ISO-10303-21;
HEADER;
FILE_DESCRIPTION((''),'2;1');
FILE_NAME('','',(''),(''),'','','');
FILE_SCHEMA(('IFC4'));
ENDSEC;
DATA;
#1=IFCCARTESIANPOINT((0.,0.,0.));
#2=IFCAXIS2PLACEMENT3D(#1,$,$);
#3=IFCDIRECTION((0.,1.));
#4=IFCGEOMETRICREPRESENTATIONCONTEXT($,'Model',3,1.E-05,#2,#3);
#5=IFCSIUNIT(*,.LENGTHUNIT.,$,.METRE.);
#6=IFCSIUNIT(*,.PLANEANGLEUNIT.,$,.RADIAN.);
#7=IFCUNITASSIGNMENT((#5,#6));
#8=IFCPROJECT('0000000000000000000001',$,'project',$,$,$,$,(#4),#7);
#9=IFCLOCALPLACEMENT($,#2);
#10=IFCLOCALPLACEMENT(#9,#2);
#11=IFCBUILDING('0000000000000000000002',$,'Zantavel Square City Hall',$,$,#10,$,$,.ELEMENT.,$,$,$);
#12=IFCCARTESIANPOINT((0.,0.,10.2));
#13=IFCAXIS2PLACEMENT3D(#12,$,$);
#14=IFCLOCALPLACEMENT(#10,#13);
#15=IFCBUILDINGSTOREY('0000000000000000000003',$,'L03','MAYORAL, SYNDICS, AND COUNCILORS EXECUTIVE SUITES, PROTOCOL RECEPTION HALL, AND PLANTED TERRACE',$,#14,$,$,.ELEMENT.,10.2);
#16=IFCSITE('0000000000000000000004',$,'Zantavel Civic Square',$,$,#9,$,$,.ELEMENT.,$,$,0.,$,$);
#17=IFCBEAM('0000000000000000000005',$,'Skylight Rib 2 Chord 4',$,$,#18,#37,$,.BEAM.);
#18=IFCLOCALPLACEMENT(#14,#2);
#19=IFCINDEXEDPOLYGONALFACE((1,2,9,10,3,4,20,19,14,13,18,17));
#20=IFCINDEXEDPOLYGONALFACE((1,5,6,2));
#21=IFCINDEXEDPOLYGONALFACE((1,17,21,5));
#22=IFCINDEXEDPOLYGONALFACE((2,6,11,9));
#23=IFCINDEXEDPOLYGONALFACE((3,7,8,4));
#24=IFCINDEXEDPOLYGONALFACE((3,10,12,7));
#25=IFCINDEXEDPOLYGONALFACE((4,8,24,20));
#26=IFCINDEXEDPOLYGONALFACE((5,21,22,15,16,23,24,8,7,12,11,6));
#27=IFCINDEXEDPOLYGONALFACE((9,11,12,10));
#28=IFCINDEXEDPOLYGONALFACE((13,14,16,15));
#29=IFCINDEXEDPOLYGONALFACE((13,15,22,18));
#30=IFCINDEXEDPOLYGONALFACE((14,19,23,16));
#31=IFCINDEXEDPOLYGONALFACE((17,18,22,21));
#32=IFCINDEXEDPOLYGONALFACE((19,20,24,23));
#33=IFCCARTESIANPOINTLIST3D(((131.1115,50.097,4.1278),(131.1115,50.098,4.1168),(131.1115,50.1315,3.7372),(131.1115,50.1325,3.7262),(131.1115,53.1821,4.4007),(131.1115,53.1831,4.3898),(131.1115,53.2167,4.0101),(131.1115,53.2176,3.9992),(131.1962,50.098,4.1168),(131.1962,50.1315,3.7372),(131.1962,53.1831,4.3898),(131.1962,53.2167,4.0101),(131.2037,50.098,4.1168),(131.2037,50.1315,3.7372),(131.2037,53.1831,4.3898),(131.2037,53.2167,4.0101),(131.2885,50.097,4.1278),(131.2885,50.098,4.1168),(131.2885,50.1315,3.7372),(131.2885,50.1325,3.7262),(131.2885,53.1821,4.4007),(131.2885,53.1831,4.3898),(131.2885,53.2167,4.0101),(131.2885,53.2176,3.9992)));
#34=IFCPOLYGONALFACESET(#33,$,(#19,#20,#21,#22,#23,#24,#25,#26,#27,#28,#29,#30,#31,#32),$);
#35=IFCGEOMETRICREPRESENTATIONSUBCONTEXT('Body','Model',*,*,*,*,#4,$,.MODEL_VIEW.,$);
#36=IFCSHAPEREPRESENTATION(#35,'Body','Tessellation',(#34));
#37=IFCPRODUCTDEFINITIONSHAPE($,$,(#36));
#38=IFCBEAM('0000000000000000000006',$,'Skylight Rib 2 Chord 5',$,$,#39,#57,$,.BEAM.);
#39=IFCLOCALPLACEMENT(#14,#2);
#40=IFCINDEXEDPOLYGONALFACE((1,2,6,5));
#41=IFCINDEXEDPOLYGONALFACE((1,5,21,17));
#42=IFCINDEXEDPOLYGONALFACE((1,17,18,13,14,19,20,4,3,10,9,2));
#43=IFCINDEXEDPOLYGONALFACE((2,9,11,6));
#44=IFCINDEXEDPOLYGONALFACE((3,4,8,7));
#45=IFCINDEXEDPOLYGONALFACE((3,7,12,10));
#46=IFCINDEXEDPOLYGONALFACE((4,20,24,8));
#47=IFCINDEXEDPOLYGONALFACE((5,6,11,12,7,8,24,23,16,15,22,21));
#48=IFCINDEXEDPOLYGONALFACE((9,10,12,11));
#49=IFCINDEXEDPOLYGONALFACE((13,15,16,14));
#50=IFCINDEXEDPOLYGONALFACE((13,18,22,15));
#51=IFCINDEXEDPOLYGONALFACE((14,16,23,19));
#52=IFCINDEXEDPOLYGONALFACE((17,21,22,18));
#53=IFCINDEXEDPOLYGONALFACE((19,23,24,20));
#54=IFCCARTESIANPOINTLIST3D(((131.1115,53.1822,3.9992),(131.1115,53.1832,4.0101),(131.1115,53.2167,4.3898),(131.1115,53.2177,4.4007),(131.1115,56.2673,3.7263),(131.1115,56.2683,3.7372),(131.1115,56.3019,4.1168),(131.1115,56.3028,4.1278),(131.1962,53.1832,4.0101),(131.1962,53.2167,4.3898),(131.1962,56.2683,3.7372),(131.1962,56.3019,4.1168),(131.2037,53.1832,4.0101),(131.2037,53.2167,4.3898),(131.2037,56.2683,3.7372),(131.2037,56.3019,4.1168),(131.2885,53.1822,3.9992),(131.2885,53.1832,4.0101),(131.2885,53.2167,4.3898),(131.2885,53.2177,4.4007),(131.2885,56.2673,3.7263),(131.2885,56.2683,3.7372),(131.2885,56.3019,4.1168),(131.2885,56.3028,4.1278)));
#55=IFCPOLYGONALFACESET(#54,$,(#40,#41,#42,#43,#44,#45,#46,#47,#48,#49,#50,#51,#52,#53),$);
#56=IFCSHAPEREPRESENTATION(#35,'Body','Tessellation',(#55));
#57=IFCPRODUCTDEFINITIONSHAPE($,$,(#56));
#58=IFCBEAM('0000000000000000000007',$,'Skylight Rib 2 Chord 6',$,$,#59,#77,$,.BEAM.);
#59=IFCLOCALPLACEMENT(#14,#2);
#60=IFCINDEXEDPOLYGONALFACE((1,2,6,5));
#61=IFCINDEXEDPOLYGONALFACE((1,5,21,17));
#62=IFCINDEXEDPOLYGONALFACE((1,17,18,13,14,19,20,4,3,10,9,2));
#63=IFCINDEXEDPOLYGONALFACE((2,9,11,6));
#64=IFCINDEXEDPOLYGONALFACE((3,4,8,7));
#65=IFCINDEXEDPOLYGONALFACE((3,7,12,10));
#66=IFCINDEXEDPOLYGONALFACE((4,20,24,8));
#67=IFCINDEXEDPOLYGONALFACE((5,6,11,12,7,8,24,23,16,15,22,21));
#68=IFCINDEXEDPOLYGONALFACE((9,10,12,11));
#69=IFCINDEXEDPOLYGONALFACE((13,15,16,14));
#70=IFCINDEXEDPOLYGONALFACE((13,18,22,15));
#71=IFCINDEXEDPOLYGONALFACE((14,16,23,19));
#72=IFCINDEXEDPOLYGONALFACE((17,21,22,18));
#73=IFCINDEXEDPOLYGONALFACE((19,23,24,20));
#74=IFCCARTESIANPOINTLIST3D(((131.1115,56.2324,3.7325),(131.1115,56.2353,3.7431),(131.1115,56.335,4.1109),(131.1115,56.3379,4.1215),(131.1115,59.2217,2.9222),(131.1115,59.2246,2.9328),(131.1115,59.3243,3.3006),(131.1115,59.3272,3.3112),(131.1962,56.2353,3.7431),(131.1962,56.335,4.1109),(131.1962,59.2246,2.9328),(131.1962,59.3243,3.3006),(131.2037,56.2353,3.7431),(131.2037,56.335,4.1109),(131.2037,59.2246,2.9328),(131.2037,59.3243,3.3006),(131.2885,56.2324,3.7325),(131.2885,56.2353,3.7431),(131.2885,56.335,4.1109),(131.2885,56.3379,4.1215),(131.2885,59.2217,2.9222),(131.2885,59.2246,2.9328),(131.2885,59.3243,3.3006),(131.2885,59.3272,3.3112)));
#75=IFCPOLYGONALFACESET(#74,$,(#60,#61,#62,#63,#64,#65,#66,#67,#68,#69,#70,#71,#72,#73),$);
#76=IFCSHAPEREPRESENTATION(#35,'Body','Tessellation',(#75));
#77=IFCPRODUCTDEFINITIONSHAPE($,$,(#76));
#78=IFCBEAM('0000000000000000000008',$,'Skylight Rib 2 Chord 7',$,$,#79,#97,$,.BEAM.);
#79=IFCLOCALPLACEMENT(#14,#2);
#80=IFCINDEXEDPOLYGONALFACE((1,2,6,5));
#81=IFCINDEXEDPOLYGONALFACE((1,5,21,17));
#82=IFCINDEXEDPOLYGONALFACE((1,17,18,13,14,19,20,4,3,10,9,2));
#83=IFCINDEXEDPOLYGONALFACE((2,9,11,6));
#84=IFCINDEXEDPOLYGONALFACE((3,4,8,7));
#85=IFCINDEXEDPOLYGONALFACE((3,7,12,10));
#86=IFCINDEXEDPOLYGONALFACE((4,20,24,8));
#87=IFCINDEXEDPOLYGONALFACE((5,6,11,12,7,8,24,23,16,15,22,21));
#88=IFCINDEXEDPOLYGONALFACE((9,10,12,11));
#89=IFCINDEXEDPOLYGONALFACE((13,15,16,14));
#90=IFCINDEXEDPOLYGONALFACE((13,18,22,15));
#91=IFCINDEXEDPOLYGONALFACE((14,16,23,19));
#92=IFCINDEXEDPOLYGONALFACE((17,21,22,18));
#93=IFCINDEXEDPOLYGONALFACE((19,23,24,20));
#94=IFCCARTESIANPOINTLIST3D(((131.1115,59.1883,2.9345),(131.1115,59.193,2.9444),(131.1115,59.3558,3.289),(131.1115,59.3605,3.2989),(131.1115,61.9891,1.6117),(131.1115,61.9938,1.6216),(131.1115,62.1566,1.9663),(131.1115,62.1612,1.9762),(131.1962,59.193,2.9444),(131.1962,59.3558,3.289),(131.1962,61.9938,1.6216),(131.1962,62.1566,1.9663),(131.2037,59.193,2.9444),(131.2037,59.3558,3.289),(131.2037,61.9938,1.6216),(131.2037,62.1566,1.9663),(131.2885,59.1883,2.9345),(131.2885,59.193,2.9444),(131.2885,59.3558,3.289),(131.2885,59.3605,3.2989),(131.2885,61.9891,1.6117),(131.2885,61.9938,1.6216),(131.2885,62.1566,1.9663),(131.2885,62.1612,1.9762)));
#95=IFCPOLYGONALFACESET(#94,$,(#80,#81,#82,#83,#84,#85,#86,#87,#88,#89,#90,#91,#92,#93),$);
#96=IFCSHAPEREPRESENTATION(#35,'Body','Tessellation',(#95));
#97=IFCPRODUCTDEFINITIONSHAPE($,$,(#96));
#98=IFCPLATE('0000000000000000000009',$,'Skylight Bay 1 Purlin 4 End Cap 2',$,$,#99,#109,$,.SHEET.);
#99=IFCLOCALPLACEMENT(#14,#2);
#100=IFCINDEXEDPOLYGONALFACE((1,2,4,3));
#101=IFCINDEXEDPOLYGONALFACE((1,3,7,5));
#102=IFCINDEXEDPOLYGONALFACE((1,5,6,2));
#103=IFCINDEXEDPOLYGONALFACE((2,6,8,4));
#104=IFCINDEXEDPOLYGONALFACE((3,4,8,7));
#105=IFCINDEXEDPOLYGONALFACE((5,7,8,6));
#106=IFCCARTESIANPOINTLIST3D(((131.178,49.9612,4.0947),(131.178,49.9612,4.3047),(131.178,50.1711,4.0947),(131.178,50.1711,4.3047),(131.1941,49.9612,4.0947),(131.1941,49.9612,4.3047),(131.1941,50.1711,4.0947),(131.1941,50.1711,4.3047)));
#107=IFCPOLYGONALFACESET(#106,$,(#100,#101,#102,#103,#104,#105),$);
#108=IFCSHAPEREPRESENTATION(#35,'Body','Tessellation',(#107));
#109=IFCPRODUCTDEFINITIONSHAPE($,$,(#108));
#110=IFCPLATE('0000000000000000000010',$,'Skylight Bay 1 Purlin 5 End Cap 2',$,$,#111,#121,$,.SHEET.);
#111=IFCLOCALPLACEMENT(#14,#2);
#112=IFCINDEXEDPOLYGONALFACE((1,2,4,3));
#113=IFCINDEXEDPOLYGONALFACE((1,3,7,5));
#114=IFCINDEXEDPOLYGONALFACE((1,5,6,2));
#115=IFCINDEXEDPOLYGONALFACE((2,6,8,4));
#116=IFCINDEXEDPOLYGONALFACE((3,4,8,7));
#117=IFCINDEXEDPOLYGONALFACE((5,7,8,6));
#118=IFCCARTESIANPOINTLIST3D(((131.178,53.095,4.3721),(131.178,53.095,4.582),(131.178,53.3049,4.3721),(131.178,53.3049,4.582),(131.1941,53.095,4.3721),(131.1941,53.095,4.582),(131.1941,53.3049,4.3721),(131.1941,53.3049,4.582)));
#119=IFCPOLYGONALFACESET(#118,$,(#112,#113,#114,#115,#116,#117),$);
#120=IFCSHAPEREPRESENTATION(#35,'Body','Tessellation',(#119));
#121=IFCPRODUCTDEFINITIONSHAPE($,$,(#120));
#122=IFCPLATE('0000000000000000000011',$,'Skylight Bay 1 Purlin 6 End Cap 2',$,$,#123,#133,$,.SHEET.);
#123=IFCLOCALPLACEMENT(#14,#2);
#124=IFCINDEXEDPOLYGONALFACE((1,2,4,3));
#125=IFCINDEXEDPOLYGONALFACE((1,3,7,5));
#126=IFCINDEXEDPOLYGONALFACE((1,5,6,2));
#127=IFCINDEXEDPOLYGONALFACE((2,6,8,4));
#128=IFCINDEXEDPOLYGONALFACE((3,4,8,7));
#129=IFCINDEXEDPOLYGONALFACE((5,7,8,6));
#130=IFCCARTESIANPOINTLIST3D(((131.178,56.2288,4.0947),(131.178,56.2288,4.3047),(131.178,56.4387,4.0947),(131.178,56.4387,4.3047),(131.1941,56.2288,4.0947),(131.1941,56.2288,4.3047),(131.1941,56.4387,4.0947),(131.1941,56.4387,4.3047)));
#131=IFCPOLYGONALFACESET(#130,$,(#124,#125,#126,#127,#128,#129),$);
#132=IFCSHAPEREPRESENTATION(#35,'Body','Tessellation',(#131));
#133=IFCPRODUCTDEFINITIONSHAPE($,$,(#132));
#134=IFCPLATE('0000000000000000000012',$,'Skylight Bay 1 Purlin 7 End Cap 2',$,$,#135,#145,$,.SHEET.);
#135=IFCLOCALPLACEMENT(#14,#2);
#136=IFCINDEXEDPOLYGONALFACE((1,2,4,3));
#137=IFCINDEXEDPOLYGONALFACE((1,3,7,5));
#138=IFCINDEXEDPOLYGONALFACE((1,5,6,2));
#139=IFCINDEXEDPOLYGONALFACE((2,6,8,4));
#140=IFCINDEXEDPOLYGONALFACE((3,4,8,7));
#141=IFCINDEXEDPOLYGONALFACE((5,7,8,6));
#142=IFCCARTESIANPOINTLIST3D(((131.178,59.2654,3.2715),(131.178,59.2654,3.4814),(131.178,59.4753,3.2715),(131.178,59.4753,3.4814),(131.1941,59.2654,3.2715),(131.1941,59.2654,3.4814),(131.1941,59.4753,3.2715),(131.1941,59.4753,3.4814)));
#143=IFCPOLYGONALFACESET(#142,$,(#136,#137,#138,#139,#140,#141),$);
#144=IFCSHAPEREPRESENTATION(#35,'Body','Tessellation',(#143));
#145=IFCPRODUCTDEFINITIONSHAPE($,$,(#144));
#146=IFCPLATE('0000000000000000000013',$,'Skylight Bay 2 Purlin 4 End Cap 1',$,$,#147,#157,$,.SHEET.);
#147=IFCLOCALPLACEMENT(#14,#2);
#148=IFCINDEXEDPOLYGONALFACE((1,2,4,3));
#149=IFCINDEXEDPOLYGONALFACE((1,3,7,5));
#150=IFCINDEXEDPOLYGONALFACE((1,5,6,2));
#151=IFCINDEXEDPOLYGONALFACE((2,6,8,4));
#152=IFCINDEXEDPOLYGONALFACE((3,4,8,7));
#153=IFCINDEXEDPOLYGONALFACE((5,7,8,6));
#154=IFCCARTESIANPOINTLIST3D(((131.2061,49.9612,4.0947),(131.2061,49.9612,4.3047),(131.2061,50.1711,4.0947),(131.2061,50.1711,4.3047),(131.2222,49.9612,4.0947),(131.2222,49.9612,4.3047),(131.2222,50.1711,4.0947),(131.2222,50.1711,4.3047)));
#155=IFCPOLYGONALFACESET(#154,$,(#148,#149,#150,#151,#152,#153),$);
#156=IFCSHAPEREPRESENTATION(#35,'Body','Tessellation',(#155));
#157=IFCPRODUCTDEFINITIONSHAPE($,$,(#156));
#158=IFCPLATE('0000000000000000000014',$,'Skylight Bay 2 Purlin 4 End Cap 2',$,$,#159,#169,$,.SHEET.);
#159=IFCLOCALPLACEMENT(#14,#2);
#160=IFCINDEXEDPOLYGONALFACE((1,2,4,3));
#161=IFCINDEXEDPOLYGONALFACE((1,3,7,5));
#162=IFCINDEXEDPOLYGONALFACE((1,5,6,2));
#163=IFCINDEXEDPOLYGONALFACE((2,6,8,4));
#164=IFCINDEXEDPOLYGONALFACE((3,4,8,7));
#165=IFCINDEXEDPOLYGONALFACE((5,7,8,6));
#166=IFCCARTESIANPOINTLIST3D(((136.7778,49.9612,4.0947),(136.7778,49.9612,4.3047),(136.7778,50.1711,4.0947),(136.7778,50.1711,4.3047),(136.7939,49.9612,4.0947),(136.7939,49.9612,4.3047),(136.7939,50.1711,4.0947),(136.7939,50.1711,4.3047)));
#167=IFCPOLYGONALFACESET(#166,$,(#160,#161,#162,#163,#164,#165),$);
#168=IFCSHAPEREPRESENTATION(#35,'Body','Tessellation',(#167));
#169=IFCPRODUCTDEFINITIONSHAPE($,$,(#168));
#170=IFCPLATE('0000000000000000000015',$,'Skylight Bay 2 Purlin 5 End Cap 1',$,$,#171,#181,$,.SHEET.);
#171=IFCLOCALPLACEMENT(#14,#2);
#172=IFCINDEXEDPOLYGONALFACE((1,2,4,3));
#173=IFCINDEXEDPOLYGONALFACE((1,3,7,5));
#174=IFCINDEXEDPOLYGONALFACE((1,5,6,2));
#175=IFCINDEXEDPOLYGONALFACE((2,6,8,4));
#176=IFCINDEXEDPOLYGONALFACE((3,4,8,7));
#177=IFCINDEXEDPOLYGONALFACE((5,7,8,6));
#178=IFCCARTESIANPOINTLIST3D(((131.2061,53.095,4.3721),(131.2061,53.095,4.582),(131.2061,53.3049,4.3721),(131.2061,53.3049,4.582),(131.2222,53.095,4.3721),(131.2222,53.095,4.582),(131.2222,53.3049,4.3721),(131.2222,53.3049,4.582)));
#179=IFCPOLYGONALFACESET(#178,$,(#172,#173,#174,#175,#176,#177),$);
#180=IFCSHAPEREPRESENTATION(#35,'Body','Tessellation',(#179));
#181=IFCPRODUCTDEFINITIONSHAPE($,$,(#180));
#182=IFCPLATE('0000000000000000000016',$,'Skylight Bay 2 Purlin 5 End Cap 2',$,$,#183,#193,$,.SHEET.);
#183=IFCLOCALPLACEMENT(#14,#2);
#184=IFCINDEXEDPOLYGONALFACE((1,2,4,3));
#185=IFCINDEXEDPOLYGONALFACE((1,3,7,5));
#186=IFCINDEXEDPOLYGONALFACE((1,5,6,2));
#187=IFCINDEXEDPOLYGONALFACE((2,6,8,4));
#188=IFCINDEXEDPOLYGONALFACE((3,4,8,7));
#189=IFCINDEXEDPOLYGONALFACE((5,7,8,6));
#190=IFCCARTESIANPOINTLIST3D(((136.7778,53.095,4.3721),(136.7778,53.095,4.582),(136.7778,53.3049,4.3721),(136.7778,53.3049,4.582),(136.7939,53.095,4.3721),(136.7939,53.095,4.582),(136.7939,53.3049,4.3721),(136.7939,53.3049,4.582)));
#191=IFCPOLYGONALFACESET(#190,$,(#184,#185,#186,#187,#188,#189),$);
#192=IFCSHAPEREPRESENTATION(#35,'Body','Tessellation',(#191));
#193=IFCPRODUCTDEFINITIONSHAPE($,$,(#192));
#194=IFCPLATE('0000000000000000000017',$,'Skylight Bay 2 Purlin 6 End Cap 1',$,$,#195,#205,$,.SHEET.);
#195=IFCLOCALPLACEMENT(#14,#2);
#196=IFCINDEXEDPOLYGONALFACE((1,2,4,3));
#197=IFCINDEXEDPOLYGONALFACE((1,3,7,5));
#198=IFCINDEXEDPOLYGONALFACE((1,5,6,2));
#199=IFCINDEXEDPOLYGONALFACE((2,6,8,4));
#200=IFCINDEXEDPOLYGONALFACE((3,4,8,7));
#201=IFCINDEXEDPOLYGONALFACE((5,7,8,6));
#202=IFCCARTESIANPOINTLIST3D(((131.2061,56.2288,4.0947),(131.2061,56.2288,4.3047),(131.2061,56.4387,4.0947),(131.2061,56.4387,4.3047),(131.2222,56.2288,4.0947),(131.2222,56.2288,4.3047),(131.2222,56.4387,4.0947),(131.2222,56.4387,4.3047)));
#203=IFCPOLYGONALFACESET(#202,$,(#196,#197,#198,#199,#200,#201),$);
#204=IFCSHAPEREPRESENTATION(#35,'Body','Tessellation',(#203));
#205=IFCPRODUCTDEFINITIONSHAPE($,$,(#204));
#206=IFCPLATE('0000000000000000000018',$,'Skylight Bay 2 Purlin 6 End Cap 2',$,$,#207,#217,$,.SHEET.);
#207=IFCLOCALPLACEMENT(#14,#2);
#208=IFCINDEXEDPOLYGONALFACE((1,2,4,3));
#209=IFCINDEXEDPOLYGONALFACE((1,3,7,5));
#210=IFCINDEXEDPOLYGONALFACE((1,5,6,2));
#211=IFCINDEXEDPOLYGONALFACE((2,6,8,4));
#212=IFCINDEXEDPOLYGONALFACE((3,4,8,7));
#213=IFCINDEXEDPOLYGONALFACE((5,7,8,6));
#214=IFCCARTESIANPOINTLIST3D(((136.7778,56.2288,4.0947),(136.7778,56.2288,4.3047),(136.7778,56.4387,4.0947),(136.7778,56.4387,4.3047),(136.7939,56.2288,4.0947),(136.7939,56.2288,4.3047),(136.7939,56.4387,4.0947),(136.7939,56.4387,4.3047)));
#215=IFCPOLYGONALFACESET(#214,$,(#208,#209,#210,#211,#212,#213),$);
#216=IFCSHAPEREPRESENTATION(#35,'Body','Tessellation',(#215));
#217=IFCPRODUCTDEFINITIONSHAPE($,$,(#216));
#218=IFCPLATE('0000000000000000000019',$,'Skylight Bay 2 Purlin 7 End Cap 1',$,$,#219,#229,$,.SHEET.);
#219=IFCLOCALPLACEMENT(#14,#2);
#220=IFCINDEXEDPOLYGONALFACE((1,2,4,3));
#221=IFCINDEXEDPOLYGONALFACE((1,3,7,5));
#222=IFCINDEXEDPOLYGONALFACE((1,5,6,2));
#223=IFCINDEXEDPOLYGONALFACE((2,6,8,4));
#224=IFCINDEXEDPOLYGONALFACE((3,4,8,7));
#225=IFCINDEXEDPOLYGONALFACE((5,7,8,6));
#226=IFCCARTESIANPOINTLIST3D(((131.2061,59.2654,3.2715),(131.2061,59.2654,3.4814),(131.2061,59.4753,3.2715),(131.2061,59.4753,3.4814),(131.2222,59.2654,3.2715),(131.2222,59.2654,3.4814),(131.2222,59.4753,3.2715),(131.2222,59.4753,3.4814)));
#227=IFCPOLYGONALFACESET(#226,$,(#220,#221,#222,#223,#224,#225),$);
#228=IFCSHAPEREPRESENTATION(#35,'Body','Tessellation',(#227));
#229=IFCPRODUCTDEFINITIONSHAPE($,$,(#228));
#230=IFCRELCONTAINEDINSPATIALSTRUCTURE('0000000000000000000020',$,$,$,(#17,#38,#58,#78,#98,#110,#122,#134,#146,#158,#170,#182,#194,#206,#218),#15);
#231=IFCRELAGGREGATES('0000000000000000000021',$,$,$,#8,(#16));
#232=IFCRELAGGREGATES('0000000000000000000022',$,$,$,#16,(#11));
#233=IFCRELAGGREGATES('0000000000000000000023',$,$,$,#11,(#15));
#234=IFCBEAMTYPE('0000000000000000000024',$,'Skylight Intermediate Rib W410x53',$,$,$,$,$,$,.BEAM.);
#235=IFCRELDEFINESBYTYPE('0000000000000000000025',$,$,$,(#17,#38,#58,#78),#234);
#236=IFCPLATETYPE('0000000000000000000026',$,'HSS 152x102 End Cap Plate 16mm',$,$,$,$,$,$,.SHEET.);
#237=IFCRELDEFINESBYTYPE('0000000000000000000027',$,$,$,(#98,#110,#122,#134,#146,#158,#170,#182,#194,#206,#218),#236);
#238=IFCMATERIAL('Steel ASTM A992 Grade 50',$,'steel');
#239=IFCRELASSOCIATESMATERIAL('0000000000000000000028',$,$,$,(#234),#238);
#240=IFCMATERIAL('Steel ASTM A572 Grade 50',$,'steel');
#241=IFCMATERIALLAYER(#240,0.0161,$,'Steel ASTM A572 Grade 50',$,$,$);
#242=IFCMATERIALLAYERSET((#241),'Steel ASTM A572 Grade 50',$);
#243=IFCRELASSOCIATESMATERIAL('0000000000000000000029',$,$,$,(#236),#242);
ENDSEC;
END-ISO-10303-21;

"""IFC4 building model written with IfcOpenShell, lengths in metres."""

from ifc_helpers import new_model, si_unit, direction, frame, origin, origin_2d, place, context, subcontext, project, spatial, rectangle, i_section, extrude, material, layer, layer_set, material_profile, profile_set, type_object, element, save


model = new_model("IFC4")

# Units and contexts
model_context = context("Model", 3, precision=1e-05, world=origin(), true_north=direction((0.0, 1.0)))
body_context = subcontext(model_context, "Body", "Model", "MODEL_VIEW")
ifc_project = project(units=[si_unit("LENGTHUNIT", "METRE"), si_unit("PLANEANGLEUNIT", "RADIAN")], contexts=[model_context])

# Site, building, storey
site_placement = place(None, origin())
site = spatial("IfcSite", under=ifc_project, at=site_placement, Name="Zantavel Civic Square", CompositionType="ELEMENT", RefElevation=0.0)
building_placement = place(site_placement, origin())
building = spatial("IfcBuilding", under=site, at=building_placement, Name="Zantavel Square City Hall", CompositionType="ELEMENT")
storey_placement = place(building_placement, frame((0.0, 0.0, 10.2)))
storey = spatial("IfcBuildingStorey", under=building, at=storey_placement, Name="L03", Description="MAYORAL, SYNDICS, AND COUNCILORS EXECUTIVE SUITES, PROTOCOL RECEPTION HALL, AND PLANTED TERRACE", CompositionType="ELEMENT", Elevation=10.2)

# Shared definitions
ifc_material_1 = material(Name="Steel ASTM A992 Grade 50", Category="steel")

# Beams
ifc_material_profile_1 = material_profile(ifc_material_1, i_section(OverallWidth=0.177, OverallDepth=0.4031, WebThickness=0.0076, FlangeThickness=0.011, at=origin_2d()), Name="W410x53")
ifc_profile_set_1 = profile_set([ifc_material_profile_1], Name="Steel ASTM A992 Grade 50")
beam_type_1 = type_object("IfcBeamType", Name="Skylight Intermediate Rib W410x53", PredefinedType="BEAM", material=ifc_profile_set_1)
for number, where, z_axis, x_axis, name in (
    (1, (131.2, 50.1147, 3.927), (0.0, 0.996109, 0.088126), (-1.0, 0.0, 0.0), "Skylight Rib 2 Chord 4"),
    (2, (131.2, 53.2, 4.2), (0.0, 0.996109, -0.088126), (-1.0, 0.0, 0.0), "Skylight Rib 2 Chord 5"),
    (3, (131.2, 56.2852, 3.927), (0.0, 0.965168, -0.26163), (-1.0, 0.0, 0.0), "Skylight Rib 2 Chord 6"),
):
    element("IfcBeam", number, at=place(storey_placement, frame(where, z_axis=z_axis, x_axis=x_axis)), inside=storey, type_object=beam_type_1, Name=name, PredefinedType="BEAM", context=body_context, shape_type="SweptSolid", body=[
        extrude(i_section(OverallWidth=0.177, OverallDepth=0.4031, WebThickness=0.0076, FlangeThickness=0.011, at=origin_2d()), origin(), (0.0, 0.0, 1.0), 3.0972),
    ])
beam_1_placement = place(storey_placement, frame((131.2, 59.2744, 3.1167), z_axis=(0.0, 0.904228, -0.427049), x_axis=(-1.0, 0.0, 0.0)))
element("IfcBeam", 4, at=beam_1_placement, inside=storey, type_object=beam_type_1, Name="Skylight Rib 2 Chord 7", PredefinedType="BEAM", context=body_context, shape_type="SweptSolid", body=[
    extrude(i_section(OverallWidth=0.177, OverallDepth=0.4031, WebThickness=0.0076, FlangeThickness=0.011, at=origin_2d()), origin(), (0.0, 0.0, 1.0), 3.0974),
])

# Plates
ifc_material_2 = material(Name="Steel ASTM A572 Grade 50", Category="steel")
ifc_layer = layer(ifc_material_2, 0.0161, Name="Steel ASTM A572 Grade 50")
ifc_layer_set = layer_set([ifc_layer], Name="Steel ASTM A572 Grade 50")
plate_type = type_object("IfcPlateType", Name="HSS 152x102 End Cap Plate 16mm", PredefinedType="SHEET", material=ifc_layer_set)
for number, where, z_axis, x_axis, name in (
    (5, (131.186, 50.0662, 4.0947), (0.0, 0.0, 1.0), (1.0, 0.0, 0.0), "Skylight Bay 1 Purlin 4 End Cap 2"),
    (6, (131.186, 53.2, 4.3721), (0.0, 0.0, 1.0), (1.0, 0.0, 0.0), "Skylight Bay 1 Purlin 5 End Cap 2"),
    (7, (131.186, 56.3337, 4.0947), (0.0, 0.0, 1.0), (1.0, 0.0, 0.0), "Skylight Bay 1 Purlin 6 End Cap 2"),
    (8, (131.186, 59.3704, 3.2715), (0.0, 0.0, 1.0), (1.0, 0.0, 0.0), "Skylight Bay 1 Purlin 7 End Cap 2"),
    (9, (131.2141, 50.0662, 4.0947), (0.0, 0.0, 1.0), (1.0, 0.0, 0.0), "Skylight Bay 2 Purlin 4 End Cap 1"),
    (10, (136.7859, 50.0662, 4.0947), (0.0, 0.0, 1.0), (1.0, 0.0, 0.0), "Skylight Bay 2 Purlin 4 End Cap 2"),
    (11, (131.2141, 53.2, 4.3721), (0.0, 0.0, 1.0), (1.0, 0.0, 0.0), "Skylight Bay 2 Purlin 5 End Cap 1"),
    (12, (136.7859, 53.2, 4.3721), (0.0, 0.0, 1.0), (1.0, 0.0, 0.0), "Skylight Bay 2 Purlin 5 End Cap 2"),
    (13, (131.2141, 56.3337, 4.0947), (0.0, 0.0, 1.0), (1.0, 0.0, 0.0), "Skylight Bay 2 Purlin 6 End Cap 1"),
    (14, (136.7859, 56.3337, 4.0947), (0.0, 0.0, 1.0), (1.0, 0.0, 0.0), "Skylight Bay 2 Purlin 6 End Cap 2"),
    (15, (131.2141, 59.3704, 3.2715), (0.0, 0.0, 1.0), (1.0, 0.0, 0.0), "Skylight Bay 2 Purlin 7 End Cap 1"),
):
    element("IfcPlate", number, at=place(storey_placement, frame(where, z_axis=z_axis, x_axis=x_axis)), inside=storey, type_object=plate_type, Name=name, PredefinedType="SHEET", context=body_context, shape_type="SweptSolid", body=[
        extrude(rectangle(XDim=0.0161, YDim=0.21, at=origin_2d()), origin(), (0.0, 0.0, 1.0), 0.21),
    ])

save(model, "model.ifc")
